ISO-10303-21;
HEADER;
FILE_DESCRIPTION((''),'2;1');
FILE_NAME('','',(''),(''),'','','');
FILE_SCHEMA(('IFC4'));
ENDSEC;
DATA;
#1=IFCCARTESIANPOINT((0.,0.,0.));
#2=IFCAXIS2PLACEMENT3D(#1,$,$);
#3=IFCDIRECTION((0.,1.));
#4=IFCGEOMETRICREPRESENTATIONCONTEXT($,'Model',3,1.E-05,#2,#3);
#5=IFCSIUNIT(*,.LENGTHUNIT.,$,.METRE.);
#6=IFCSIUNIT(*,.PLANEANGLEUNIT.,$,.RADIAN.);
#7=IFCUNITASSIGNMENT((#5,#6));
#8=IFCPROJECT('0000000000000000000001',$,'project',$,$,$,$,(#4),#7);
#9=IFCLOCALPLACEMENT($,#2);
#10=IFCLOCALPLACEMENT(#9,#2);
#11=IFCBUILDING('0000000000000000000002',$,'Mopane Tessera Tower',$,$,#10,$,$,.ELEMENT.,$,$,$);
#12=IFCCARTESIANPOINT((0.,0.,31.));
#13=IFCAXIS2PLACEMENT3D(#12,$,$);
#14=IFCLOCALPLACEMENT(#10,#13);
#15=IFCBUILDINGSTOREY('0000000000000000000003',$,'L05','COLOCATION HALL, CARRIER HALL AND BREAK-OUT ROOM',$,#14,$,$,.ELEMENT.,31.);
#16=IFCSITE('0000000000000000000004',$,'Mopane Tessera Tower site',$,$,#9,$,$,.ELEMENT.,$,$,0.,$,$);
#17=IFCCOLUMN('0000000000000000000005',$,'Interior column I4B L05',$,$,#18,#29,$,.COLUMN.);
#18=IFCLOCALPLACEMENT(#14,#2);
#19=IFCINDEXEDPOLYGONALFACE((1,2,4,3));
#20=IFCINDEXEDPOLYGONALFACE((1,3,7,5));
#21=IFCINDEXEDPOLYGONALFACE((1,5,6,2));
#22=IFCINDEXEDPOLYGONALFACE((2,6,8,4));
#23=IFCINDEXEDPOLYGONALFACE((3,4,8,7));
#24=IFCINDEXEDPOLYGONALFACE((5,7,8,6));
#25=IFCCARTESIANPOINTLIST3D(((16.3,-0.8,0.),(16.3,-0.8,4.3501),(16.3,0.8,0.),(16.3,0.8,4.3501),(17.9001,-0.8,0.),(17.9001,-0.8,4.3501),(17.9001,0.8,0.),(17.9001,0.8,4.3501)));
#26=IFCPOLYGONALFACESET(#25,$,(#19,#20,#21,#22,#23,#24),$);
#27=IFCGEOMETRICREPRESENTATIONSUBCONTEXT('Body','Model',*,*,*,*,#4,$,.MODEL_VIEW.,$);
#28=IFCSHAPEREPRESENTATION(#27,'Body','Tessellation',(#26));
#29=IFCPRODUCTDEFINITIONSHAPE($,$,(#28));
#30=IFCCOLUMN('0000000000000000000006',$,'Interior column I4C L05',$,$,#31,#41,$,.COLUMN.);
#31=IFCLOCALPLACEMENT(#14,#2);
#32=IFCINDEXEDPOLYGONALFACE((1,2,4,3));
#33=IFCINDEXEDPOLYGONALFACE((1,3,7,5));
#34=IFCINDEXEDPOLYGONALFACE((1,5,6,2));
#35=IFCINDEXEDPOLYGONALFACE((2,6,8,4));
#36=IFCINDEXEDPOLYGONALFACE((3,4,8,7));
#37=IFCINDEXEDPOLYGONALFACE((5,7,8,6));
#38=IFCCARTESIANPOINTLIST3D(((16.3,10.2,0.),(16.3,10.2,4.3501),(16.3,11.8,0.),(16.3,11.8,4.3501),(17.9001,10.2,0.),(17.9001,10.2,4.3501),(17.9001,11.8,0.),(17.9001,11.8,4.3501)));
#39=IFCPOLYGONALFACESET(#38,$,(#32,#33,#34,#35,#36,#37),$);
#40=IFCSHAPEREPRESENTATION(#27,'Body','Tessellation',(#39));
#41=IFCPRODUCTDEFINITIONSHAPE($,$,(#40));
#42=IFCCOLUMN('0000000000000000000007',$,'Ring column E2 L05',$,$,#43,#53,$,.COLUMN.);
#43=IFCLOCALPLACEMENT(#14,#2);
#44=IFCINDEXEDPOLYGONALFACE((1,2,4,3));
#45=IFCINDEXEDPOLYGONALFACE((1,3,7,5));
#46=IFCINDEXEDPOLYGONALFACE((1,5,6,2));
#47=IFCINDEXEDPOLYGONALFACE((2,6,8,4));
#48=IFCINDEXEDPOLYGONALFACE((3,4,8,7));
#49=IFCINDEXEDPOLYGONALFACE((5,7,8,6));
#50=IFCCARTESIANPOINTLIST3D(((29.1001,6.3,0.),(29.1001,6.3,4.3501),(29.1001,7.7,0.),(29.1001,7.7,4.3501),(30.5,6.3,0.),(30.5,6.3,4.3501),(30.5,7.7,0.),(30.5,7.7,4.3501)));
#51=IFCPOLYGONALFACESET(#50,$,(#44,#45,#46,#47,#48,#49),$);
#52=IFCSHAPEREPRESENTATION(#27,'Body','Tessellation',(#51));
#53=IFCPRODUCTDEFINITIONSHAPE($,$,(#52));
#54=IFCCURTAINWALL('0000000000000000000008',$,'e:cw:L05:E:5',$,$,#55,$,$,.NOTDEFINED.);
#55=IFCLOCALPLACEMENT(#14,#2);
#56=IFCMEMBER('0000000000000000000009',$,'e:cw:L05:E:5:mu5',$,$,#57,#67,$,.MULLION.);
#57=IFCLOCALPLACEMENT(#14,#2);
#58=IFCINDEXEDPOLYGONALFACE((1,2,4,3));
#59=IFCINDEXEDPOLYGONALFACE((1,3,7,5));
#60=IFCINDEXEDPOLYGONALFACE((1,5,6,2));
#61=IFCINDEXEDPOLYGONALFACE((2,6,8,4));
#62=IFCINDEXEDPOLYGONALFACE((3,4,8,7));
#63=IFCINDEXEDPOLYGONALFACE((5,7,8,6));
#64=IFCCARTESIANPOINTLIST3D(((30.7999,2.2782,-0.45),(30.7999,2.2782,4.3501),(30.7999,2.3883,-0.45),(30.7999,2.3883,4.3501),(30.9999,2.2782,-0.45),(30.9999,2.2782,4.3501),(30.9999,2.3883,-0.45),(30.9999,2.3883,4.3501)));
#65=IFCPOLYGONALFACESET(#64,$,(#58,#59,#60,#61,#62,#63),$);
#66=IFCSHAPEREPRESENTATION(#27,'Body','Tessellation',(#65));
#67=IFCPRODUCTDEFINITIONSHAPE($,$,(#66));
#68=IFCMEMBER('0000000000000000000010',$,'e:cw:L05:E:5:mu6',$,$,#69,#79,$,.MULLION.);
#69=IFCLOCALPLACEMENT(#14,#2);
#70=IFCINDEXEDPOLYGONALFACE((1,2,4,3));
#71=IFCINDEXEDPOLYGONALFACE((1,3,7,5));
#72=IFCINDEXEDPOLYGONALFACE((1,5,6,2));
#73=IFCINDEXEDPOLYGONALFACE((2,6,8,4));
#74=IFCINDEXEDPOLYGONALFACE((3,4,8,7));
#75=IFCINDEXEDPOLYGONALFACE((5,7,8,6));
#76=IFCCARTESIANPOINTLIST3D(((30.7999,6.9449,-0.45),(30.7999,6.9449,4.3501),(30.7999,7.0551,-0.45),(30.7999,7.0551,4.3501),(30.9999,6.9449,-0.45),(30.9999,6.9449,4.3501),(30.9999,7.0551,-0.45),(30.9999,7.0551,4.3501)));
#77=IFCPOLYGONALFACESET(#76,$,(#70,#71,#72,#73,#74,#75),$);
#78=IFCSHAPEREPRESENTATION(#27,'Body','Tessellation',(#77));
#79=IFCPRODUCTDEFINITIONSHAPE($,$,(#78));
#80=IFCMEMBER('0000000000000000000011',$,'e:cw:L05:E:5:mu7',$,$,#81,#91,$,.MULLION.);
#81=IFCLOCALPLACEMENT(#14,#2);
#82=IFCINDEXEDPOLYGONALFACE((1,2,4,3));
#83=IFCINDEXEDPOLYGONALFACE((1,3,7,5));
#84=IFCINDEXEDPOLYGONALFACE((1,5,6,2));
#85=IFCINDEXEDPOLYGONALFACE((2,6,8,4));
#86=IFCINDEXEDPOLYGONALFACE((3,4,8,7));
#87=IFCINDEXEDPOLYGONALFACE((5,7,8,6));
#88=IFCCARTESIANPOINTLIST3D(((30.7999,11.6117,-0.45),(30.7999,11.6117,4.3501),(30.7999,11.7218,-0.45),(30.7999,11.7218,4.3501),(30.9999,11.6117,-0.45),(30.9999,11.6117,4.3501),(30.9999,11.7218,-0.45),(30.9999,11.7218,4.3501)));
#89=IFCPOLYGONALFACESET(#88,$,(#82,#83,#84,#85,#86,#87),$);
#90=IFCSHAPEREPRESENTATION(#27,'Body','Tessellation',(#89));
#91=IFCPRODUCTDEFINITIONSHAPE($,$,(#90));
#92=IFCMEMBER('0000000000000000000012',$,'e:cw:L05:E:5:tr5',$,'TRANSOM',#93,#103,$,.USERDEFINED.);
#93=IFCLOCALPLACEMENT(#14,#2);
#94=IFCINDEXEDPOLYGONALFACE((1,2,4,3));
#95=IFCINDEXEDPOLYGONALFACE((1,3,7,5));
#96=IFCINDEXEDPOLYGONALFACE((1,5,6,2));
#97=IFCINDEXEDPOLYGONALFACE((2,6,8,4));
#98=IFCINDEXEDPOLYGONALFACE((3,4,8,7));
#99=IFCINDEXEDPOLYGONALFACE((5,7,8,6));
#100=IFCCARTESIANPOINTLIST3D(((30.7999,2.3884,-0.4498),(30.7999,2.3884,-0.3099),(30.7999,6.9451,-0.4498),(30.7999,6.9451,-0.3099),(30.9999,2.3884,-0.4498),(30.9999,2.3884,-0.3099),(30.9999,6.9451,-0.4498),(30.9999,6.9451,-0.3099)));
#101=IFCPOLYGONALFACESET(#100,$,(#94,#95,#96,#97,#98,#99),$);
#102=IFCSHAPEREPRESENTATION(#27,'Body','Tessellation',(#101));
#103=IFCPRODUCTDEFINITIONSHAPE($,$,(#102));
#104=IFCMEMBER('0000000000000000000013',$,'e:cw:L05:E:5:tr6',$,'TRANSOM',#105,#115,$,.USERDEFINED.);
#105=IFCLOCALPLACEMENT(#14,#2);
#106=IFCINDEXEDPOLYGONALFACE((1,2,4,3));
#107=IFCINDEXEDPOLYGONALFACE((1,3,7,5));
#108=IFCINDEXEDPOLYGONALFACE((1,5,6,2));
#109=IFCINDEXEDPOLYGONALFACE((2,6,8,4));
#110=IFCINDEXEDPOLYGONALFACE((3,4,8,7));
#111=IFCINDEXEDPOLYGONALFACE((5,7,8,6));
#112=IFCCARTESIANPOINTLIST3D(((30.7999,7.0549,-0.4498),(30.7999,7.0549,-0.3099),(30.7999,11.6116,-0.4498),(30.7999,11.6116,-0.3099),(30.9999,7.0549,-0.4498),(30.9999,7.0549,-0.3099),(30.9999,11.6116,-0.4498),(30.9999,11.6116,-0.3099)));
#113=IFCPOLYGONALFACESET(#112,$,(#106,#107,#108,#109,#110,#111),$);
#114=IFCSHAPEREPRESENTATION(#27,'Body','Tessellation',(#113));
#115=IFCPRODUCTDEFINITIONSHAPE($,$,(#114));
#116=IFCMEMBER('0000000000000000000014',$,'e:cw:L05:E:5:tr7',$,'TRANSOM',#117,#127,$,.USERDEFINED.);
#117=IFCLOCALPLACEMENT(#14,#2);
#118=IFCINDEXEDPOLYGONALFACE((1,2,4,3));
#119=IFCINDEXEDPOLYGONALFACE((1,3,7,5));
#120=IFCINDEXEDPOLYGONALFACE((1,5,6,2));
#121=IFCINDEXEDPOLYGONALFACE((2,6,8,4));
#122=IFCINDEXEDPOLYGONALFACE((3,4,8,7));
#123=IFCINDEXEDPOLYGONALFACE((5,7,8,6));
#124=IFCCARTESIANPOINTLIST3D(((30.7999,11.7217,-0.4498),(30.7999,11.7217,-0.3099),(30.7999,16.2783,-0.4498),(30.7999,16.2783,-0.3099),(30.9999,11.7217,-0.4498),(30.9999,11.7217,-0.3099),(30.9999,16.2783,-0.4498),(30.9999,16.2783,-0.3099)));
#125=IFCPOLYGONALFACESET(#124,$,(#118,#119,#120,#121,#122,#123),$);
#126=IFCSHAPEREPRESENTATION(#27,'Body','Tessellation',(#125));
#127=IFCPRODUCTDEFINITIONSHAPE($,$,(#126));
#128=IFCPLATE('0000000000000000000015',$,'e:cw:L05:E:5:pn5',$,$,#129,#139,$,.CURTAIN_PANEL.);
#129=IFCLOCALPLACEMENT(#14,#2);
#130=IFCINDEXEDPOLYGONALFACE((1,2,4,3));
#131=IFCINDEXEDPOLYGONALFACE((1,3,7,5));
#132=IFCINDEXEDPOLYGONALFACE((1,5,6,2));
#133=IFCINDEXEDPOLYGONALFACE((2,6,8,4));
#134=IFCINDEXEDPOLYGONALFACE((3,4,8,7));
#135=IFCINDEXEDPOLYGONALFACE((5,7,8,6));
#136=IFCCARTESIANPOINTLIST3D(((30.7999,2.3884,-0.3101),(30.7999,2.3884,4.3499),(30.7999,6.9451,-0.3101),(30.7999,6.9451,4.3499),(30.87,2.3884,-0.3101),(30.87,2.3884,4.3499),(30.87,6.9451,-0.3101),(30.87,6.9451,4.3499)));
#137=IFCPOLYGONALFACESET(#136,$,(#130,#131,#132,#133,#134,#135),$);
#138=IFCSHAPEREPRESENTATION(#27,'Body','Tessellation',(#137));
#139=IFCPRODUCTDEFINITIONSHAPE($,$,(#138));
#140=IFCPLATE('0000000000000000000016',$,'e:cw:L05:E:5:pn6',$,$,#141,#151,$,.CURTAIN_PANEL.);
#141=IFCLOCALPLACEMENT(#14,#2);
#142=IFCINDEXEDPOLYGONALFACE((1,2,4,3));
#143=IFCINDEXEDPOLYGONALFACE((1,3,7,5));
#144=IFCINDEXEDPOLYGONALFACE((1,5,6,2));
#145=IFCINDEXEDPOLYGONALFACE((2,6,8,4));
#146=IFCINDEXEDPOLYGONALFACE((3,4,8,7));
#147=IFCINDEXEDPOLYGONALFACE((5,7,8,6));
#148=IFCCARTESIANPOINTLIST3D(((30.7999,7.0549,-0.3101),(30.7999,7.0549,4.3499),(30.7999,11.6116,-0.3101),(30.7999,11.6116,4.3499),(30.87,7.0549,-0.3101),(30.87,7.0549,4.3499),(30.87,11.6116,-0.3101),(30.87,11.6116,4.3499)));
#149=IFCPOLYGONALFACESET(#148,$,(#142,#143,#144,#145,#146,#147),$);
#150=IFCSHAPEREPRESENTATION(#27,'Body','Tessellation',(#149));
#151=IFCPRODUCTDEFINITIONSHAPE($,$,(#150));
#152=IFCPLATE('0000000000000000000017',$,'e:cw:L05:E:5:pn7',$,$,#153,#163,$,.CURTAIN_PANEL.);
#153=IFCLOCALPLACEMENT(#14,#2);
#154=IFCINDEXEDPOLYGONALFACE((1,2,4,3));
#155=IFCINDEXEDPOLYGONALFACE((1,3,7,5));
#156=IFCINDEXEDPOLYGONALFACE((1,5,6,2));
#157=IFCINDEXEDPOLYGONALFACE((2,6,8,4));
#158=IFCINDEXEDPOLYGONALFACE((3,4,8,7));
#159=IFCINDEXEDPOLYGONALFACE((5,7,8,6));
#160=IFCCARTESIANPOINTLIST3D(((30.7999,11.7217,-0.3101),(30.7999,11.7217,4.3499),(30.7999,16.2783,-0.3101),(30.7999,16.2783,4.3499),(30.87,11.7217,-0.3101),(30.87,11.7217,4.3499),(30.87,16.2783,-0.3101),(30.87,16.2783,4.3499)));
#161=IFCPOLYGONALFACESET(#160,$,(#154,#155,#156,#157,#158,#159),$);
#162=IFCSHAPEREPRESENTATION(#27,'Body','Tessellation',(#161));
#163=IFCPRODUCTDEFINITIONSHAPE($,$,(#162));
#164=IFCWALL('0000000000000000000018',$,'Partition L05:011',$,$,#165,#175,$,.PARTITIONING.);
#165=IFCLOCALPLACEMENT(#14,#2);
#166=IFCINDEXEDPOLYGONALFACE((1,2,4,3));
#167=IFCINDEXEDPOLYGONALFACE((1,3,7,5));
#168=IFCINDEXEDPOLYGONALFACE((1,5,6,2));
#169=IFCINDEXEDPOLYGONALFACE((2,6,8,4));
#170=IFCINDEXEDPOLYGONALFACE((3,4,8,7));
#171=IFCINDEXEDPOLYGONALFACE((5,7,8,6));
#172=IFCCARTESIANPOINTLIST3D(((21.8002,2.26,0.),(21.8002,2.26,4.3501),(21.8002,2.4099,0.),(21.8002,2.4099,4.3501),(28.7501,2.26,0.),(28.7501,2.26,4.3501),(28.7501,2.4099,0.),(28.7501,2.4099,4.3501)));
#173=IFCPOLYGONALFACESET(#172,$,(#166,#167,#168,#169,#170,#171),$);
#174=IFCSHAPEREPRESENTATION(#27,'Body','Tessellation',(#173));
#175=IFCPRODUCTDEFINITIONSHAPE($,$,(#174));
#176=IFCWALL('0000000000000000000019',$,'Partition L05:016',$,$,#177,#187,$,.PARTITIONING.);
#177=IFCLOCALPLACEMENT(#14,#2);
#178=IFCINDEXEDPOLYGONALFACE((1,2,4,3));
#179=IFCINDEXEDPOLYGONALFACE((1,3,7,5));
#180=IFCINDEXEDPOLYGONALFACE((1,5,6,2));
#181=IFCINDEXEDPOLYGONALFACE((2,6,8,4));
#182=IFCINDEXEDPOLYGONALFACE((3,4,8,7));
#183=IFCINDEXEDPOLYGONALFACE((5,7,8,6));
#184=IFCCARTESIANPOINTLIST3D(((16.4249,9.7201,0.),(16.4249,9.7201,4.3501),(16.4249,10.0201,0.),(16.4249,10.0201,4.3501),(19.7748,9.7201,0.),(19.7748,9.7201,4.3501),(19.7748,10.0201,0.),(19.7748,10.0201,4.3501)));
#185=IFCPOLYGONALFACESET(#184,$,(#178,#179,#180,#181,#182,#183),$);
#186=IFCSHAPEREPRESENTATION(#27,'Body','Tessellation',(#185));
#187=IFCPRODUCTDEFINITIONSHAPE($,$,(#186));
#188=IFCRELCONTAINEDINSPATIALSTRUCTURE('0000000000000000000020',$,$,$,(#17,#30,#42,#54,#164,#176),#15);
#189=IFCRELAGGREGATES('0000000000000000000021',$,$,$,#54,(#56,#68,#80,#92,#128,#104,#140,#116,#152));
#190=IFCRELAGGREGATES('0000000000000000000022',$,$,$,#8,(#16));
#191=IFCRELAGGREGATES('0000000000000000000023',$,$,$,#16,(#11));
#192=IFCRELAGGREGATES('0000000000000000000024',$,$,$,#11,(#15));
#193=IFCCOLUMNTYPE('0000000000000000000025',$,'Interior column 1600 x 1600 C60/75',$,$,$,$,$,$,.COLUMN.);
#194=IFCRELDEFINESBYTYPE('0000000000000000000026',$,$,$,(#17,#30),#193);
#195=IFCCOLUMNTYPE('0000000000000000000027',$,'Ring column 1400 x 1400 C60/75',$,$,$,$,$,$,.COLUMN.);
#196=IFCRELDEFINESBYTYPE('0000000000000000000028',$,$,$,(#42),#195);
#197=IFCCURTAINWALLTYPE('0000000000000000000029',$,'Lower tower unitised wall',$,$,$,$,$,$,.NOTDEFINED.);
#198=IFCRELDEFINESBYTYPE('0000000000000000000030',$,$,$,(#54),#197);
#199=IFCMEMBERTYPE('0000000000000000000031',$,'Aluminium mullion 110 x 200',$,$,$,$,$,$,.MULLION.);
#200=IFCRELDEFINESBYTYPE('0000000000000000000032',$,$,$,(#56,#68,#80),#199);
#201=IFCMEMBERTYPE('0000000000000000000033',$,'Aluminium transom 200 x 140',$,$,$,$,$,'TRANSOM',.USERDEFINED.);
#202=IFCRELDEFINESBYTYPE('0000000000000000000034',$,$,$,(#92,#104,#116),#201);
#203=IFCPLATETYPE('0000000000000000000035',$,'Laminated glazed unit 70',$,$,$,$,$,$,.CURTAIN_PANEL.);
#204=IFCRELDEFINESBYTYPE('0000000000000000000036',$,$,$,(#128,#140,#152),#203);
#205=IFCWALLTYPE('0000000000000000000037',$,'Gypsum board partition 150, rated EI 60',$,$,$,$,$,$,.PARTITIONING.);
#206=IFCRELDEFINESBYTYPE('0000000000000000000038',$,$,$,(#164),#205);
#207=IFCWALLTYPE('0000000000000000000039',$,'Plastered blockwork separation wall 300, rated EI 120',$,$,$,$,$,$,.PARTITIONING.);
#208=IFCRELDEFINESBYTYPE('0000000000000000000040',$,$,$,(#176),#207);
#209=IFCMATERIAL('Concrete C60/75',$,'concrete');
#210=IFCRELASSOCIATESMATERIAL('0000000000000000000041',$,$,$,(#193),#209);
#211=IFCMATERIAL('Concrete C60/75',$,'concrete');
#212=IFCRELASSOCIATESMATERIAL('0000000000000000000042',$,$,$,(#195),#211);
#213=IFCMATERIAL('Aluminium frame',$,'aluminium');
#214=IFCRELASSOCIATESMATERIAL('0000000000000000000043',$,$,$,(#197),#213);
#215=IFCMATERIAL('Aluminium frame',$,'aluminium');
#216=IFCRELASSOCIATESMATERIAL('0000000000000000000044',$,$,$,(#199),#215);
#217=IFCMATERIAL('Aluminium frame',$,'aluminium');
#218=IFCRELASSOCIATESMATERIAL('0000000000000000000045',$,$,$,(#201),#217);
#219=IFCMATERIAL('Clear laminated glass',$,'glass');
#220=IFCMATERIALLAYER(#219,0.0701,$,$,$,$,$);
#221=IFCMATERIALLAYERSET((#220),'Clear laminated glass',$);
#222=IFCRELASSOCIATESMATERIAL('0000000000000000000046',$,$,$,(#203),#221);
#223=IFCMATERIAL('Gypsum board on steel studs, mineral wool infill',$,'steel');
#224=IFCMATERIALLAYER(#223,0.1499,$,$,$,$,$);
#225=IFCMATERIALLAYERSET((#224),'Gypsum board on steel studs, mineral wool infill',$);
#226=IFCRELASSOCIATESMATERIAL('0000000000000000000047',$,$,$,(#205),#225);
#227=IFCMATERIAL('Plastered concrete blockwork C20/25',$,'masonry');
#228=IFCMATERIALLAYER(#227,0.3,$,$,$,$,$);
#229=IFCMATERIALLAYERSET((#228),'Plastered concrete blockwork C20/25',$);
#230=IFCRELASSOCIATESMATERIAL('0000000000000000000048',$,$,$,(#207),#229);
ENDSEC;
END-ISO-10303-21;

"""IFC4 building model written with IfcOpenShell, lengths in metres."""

from ifc_helpers import new_model, si_unit, direction, frame, frame_2d, origin, origin_2d, place, context, subcontext, project, spatial, rectangle, extrude, material, layer, layer_set, material_profile, profile_set, type_object, element, aggregate, save


model = new_model("IFC4")

# Units and contexts
model_context = context("Model", 3, precision=1e-05, world=origin(), true_north=direction((0.0, 1.0)))
body_context = subcontext(model_context, "Body", "Model", "MODEL_VIEW")
ifc_project = project(units=[si_unit("LENGTHUNIT", "METRE"), si_unit("PLANEANGLEUNIT", "RADIAN")], contexts=[model_context])

# Site, building, storey
site_placement = place(None, origin())
site = spatial("IfcSite", under=ifc_project, at=site_placement, Name="Mopane Tessera Tower site", CompositionType="ELEMENT", RefElevation=0.0)
building_placement = place(site_placement, origin())
building = spatial("IfcBuilding", under=site, at=building_placement, Name="Mopane Tessera Tower", CompositionType="ELEMENT")
storey_placement = place(building_placement, frame((0.0, 0.0, 31.0)))
storey = spatial("IfcBuildingStorey", under=building, at=storey_placement, Name="L05", Description="COLOCATION HALL, CARRIER HALL AND BREAK-OUT ROOM", CompositionType="ELEMENT", Elevation=31.0)

# Columns
ifc_material_1 = material(Name="Concrete C60/75", Category="concrete")
ifc_material_profile_1 = material_profile(ifc_material_1, rectangle(XDim=1.6001, YDim=1.6001, at=origin_2d()))
ifc_profile_set_1 = profile_set([ifc_material_profile_1], Name="Concrete C60/75")
column_type_1 = type_object("IfcColumnType", Name="Interior column 1600 x 1600 C60/75", PredefinedType="COLUMN", material=ifc_profile_set_1)
for number, where, z_axis, x_axis, name in (
    (1, (17.1001, 0.0, 0.0), (0.0, 0.0, 1.0), (1.0, 0.0, 0.0), "Interior column I4B L05"),
    (2, (17.1001, 11.0, 0.0), (0.0, 0.0, 1.0), (1.0, 0.0, 0.0), "Interior column I4C L05"),
):
    element("IfcColumn", number, at=place(storey_placement, frame(where, z_axis=z_axis, x_axis=x_axis)), inside=storey, type_object=column_type_1, Name=name, PredefinedType="COLUMN", context=body_context, shape_type="SweptSolid", body=[
        extrude(rectangle(XDim=1.6001, YDim=1.6001, at=origin_2d()), origin(), (0.0, 0.0, 1.0), 4.3501),
    ])
ifc_material_2 = material(Name="Concrete C60/75", Category="concrete")
ifc_material_profile_2 = material_profile(ifc_material_2, rectangle(XDim=1.3999, YDim=1.3999, at=origin_2d()))
ifc_profile_set_2 = profile_set([ifc_material_profile_2], Name="Concrete C60/75")
column_type_2 = type_object("IfcColumnType", Name="Ring column 1400 x 1400 C60/75", PredefinedType="COLUMN", material=ifc_profile_set_2)
column_placement = place(storey_placement, frame((29.8, 7.0, 0.0), z_axis=(0.0, 0.0, 1.0), x_axis=(1.0, 0.0, 0.0)))
element("IfcColumn", 3, at=column_placement, inside=storey, type_object=column_type_2, Name="Ring column E2 L05", PredefinedType="COLUMN", context=body_context, shape_type="SweptSolid", body=[
    extrude(rectangle(XDim=1.3999, YDim=1.3999, at=origin_2d()), origin(), (0.0, 0.0, 1.0), 4.3501),
])

# Curtain wall, members, plates
ifc_material_3 = material(Name="Aluminium frame", Category="aluminium")
curtain_wall_type = type_object("IfcCurtainWallType", Name="Lower tower unitised wall", PredefinedType="NOTDEFINED", material=ifc_material_3)
curtain_wall_placement = place(storey_placement, origin())
curtain_wall = element("IfcCurtainWall", 4, at=curtain_wall_placement, inside=storey, type_object=curtain_wall_type, Name="e:cw:L05:E:5", PredefinedType="NOTDEFINED")
ifc_material_4 = material(Name="Aluminium frame", Category="aluminium")
ifc_material_profile_3 = material_profile(ifc_material_4, rectangle(XDim=0.1101, YDim=0.2, at=origin_2d()))
ifc_profile_set_3 = profile_set([ifc_material_profile_3], Name="Aluminium frame")
member_type_1 = type_object("IfcMemberType", Name="Aluminium mullion 110 x 200", PredefinedType="MULLION", material=ifc_profile_set_3)
member_1_placement = place(storey_placement, frame((30.8999, 2.3333, -0.45), z_axis=(0.0, 0.0, 1.0), x_axis=(0.0, 1.0, 0.0)))
member_1 = element("IfcMember", 5, at=member_1_placement, type_object=member_type_1, Name="e:cw:L05:E:5:mu5", PredefinedType="MULLION", context=body_context, shape_type="SweptSolid", body=[
    extrude(rectangle(XDim=0.1101, YDim=0.2, at=origin_2d()), origin(), (0.0, 0.0, 1.0), 4.8),
])
member_2_placement = place(storey_placement, frame((30.8999, 7.0, -0.45), z_axis=(0.0, 0.0, 1.0), x_axis=(0.0, 1.0, 0.0)))
member_2 = element("IfcMember", 6, at=member_2_placement, type_object=member_type_1, Name="e:cw:L05:E:5:mu6", PredefinedType="MULLION", context=body_context, shape_type="SweptSolid", body=[
    extrude(rectangle(XDim=0.1101, YDim=0.2, at=origin_2d()), origin(), (0.0, 0.0, 1.0), 4.8),
])
member_3_placement = place(storey_placement, frame((30.8999, 11.6667, -0.45), z_axis=(0.0, 0.0, 1.0), x_axis=(0.0, 1.0, 0.0)))
member_3 = element("IfcMember", 7, at=member_3_placement, type_object=member_type_1, Name="e:cw:L05:E:5:mu7", PredefinedType="MULLION", context=body_context, shape_type="SweptSolid", body=[
    extrude(rectangle(XDim=0.1101, YDim=0.2, at=origin_2d()), origin(), (0.0, 0.0, 1.0), 4.8),
])
ifc_material_5 = material(Name="Aluminium frame", Category="aluminium")
ifc_material_profile_4 = material_profile(ifc_material_5, rectangle(XDim=0.2, YDim=0.1399, at=origin_2d()))
ifc_profile_set_4 = profile_set([ifc_material_profile_4], Name="Aluminium frame")
member_type_2 = type_object("IfcMemberType", Name="Aluminium transom 200 x 140", ElementType="TRANSOM", PredefinedType="USERDEFINED", material=ifc_profile_set_4)
member_4_placement = place(storey_placement, frame((30.8999, 2.3884, -0.3799), z_axis=(0.0, 1.0, 0.0), x_axis=(-1.0, 0.0, 0.0)))
member_4 = element("IfcMember", 8, at=member_4_placement, type_object=member_type_2, Name="e:cw:L05:E:5:tr5", ObjectType="TRANSOM", PredefinedType="USERDEFINED", context=body_context, shape_type="SweptSolid", body=[
    extrude(rectangle(XDim=0.2, YDim=0.1399, at=origin_2d()), origin(), (0.0, 0.0, 1.0), 4.5566),
])
member_5_placement = place(storey_placement, frame((30.8999, 7.0549, -0.3799), z_axis=(0.0, 1.0, 0.0), x_axis=(-1.0, 0.0, 0.0)))
member_5 = element("IfcMember", 9, at=member_5_placement, type_object=member_type_2, Name="e:cw:L05:E:5:tr6", ObjectType="TRANSOM", PredefinedType="USERDEFINED", context=body_context, shape_type="SweptSolid", body=[
    extrude(rectangle(XDim=0.2, YDim=0.1399, at=origin_2d()), origin(), (0.0, 0.0, 1.0), 4.5566),
])
member_6_placement = place(storey_placement, frame((30.8999, 11.7217, -0.3799), z_axis=(0.0, 1.0, 0.0), x_axis=(-1.0, 0.0, 0.0)))
member_6 = element("IfcMember", 10, at=member_6_placement, type_object=member_type_2, Name="e:cw:L05:E:5:tr7", ObjectType="TRANSOM", PredefinedType="USERDEFINED", context=body_context, shape_type="SweptSolid", body=[
    extrude(rectangle(XDim=0.2, YDim=0.1399, at=origin_2d()), origin(), (0.0, 0.0, 1.0), 4.5566),
])
ifc_material_6 = material(Name="Clear laminated glass", Category="glass")
ifc_layer_1 = layer(ifc_material_6, 0.0701)
ifc_layer_set_1 = layer_set([ifc_layer_1], Name="Clear laminated glass")
plate_type = type_object("IfcPlateType", Name="Laminated glazed unit 70", PredefinedType="CURTAIN_PANEL", material=ifc_layer_set_1)
plate_1_placement = place(storey_placement, frame((30.835, 4.6667, -0.3101), z_axis=(0.0, 0.0, 1.0), x_axis=(0.0, 1.0, 0.0)))
plate_1 = element("IfcPlate", 11, at=plate_1_placement, type_object=plate_type, Name="e:cw:L05:E:5:pn5", PredefinedType="CURTAIN_PANEL", context=body_context, shape_type="SweptSolid", body=[
    extrude(rectangle(XDim=4.5566, YDim=0.0701, at=origin_2d()), origin(), (0.0, 0.0, 1.0), 4.6599),
])
plate_2_placement = place(storey_placement, frame((30.835, 9.3333, -0.3101), z_axis=(0.0, 0.0, 1.0), x_axis=(0.0, 1.0, 0.0)))
plate_2 = element("IfcPlate", 12, at=plate_2_placement, type_object=plate_type, Name="e:cw:L05:E:5:pn6", PredefinedType="CURTAIN_PANEL", context=body_context, shape_type="SweptSolid", body=[
    extrude(rectangle(XDim=4.5566, YDim=0.0701, at=origin_2d()), origin(), (0.0, 0.0, 1.0), 4.6599),
])
plate_3_placement = place(storey_placement, frame((30.835, 14.0, -0.3101), z_axis=(0.0, 0.0, 1.0), x_axis=(0.0, 1.0, 0.0)))
plate_3 = element("IfcPlate", 13, at=plate_3_placement, type_object=plate_type, Name="e:cw:L05:E:5:pn7", PredefinedType="CURTAIN_PANEL", context=body_context, shape_type="SweptSolid", body=[
    extrude(rectangle(XDim=4.5566, YDim=0.0701, at=origin_2d()), origin(), (0.0, 0.0, 1.0), 4.6599),
])
aggregate(curtain_wall, [member_1, member_2, member_3, member_4, plate_1, member_5, plate_2, member_6, plate_3])

# Walls
ifc_material_7 = material(Name="Gypsum board on steel studs, mineral wool infill", Category="steel")
ifc_layer_2 = layer(ifc_material_7, 0.1499)
ifc_layer_set_2 = layer_set([ifc_layer_2], Name="Gypsum board on steel studs, mineral wool infill")
wall_type_1 = type_object("IfcWallType", Name="Gypsum board partition 150, rated EI 60", PredefinedType="PARTITIONING", material=ifc_layer_set_2)
wall_1_placement = place(storey_placement, frame((21.8, 2.335, 0.0), z_axis=(0.0, 0.0, 1.0), x_axis=(1.0, 0.0, 0.0)))
element("IfcWall", 14, at=wall_1_placement, inside=storey, type_object=wall_type_1, Name="Partition L05:011", PredefinedType="PARTITIONING", context=body_context, shape_type="SweptSolid", body=[
    extrude(rectangle(XDim=6.95, YDim=0.1499, at=frame_2d((3.4751, 0.0))), origin(), (0.0, 0.0, 1.0), 4.3501),
])
ifc_material_8 = material(Name="Plastered concrete blockwork C20/25", Category="masonry")
ifc_layer_3 = layer(ifc_material_8, 0.3)
ifc_layer_set_3 = layer_set([ifc_layer_3], Name="Plastered concrete blockwork C20/25")
wall_type_2 = type_object("IfcWallType", Name="Plastered blockwork separation wall 300, rated EI 120", PredefinedType="PARTITIONING", material=ifc_layer_set_3)
wall_2_placement = place(storey_placement, frame((16.425, 9.8701, 0.0), z_axis=(0.0, 0.0, 1.0), x_axis=(1.0, 0.0, 0.0)))
element("IfcWall", 15, at=wall_2_placement, inside=storey, type_object=wall_type_2, Name="Partition L05:016", PredefinedType="PARTITIONING", context=body_context, shape_type="SweptSolid", body=[
    extrude(rectangle(XDim=3.3499, YDim=0.3, at=frame_2d((1.6748, 0.0))), origin(), (0.0, 0.0, 1.0), 4.3501),
])

save(model, "model.ifc")
